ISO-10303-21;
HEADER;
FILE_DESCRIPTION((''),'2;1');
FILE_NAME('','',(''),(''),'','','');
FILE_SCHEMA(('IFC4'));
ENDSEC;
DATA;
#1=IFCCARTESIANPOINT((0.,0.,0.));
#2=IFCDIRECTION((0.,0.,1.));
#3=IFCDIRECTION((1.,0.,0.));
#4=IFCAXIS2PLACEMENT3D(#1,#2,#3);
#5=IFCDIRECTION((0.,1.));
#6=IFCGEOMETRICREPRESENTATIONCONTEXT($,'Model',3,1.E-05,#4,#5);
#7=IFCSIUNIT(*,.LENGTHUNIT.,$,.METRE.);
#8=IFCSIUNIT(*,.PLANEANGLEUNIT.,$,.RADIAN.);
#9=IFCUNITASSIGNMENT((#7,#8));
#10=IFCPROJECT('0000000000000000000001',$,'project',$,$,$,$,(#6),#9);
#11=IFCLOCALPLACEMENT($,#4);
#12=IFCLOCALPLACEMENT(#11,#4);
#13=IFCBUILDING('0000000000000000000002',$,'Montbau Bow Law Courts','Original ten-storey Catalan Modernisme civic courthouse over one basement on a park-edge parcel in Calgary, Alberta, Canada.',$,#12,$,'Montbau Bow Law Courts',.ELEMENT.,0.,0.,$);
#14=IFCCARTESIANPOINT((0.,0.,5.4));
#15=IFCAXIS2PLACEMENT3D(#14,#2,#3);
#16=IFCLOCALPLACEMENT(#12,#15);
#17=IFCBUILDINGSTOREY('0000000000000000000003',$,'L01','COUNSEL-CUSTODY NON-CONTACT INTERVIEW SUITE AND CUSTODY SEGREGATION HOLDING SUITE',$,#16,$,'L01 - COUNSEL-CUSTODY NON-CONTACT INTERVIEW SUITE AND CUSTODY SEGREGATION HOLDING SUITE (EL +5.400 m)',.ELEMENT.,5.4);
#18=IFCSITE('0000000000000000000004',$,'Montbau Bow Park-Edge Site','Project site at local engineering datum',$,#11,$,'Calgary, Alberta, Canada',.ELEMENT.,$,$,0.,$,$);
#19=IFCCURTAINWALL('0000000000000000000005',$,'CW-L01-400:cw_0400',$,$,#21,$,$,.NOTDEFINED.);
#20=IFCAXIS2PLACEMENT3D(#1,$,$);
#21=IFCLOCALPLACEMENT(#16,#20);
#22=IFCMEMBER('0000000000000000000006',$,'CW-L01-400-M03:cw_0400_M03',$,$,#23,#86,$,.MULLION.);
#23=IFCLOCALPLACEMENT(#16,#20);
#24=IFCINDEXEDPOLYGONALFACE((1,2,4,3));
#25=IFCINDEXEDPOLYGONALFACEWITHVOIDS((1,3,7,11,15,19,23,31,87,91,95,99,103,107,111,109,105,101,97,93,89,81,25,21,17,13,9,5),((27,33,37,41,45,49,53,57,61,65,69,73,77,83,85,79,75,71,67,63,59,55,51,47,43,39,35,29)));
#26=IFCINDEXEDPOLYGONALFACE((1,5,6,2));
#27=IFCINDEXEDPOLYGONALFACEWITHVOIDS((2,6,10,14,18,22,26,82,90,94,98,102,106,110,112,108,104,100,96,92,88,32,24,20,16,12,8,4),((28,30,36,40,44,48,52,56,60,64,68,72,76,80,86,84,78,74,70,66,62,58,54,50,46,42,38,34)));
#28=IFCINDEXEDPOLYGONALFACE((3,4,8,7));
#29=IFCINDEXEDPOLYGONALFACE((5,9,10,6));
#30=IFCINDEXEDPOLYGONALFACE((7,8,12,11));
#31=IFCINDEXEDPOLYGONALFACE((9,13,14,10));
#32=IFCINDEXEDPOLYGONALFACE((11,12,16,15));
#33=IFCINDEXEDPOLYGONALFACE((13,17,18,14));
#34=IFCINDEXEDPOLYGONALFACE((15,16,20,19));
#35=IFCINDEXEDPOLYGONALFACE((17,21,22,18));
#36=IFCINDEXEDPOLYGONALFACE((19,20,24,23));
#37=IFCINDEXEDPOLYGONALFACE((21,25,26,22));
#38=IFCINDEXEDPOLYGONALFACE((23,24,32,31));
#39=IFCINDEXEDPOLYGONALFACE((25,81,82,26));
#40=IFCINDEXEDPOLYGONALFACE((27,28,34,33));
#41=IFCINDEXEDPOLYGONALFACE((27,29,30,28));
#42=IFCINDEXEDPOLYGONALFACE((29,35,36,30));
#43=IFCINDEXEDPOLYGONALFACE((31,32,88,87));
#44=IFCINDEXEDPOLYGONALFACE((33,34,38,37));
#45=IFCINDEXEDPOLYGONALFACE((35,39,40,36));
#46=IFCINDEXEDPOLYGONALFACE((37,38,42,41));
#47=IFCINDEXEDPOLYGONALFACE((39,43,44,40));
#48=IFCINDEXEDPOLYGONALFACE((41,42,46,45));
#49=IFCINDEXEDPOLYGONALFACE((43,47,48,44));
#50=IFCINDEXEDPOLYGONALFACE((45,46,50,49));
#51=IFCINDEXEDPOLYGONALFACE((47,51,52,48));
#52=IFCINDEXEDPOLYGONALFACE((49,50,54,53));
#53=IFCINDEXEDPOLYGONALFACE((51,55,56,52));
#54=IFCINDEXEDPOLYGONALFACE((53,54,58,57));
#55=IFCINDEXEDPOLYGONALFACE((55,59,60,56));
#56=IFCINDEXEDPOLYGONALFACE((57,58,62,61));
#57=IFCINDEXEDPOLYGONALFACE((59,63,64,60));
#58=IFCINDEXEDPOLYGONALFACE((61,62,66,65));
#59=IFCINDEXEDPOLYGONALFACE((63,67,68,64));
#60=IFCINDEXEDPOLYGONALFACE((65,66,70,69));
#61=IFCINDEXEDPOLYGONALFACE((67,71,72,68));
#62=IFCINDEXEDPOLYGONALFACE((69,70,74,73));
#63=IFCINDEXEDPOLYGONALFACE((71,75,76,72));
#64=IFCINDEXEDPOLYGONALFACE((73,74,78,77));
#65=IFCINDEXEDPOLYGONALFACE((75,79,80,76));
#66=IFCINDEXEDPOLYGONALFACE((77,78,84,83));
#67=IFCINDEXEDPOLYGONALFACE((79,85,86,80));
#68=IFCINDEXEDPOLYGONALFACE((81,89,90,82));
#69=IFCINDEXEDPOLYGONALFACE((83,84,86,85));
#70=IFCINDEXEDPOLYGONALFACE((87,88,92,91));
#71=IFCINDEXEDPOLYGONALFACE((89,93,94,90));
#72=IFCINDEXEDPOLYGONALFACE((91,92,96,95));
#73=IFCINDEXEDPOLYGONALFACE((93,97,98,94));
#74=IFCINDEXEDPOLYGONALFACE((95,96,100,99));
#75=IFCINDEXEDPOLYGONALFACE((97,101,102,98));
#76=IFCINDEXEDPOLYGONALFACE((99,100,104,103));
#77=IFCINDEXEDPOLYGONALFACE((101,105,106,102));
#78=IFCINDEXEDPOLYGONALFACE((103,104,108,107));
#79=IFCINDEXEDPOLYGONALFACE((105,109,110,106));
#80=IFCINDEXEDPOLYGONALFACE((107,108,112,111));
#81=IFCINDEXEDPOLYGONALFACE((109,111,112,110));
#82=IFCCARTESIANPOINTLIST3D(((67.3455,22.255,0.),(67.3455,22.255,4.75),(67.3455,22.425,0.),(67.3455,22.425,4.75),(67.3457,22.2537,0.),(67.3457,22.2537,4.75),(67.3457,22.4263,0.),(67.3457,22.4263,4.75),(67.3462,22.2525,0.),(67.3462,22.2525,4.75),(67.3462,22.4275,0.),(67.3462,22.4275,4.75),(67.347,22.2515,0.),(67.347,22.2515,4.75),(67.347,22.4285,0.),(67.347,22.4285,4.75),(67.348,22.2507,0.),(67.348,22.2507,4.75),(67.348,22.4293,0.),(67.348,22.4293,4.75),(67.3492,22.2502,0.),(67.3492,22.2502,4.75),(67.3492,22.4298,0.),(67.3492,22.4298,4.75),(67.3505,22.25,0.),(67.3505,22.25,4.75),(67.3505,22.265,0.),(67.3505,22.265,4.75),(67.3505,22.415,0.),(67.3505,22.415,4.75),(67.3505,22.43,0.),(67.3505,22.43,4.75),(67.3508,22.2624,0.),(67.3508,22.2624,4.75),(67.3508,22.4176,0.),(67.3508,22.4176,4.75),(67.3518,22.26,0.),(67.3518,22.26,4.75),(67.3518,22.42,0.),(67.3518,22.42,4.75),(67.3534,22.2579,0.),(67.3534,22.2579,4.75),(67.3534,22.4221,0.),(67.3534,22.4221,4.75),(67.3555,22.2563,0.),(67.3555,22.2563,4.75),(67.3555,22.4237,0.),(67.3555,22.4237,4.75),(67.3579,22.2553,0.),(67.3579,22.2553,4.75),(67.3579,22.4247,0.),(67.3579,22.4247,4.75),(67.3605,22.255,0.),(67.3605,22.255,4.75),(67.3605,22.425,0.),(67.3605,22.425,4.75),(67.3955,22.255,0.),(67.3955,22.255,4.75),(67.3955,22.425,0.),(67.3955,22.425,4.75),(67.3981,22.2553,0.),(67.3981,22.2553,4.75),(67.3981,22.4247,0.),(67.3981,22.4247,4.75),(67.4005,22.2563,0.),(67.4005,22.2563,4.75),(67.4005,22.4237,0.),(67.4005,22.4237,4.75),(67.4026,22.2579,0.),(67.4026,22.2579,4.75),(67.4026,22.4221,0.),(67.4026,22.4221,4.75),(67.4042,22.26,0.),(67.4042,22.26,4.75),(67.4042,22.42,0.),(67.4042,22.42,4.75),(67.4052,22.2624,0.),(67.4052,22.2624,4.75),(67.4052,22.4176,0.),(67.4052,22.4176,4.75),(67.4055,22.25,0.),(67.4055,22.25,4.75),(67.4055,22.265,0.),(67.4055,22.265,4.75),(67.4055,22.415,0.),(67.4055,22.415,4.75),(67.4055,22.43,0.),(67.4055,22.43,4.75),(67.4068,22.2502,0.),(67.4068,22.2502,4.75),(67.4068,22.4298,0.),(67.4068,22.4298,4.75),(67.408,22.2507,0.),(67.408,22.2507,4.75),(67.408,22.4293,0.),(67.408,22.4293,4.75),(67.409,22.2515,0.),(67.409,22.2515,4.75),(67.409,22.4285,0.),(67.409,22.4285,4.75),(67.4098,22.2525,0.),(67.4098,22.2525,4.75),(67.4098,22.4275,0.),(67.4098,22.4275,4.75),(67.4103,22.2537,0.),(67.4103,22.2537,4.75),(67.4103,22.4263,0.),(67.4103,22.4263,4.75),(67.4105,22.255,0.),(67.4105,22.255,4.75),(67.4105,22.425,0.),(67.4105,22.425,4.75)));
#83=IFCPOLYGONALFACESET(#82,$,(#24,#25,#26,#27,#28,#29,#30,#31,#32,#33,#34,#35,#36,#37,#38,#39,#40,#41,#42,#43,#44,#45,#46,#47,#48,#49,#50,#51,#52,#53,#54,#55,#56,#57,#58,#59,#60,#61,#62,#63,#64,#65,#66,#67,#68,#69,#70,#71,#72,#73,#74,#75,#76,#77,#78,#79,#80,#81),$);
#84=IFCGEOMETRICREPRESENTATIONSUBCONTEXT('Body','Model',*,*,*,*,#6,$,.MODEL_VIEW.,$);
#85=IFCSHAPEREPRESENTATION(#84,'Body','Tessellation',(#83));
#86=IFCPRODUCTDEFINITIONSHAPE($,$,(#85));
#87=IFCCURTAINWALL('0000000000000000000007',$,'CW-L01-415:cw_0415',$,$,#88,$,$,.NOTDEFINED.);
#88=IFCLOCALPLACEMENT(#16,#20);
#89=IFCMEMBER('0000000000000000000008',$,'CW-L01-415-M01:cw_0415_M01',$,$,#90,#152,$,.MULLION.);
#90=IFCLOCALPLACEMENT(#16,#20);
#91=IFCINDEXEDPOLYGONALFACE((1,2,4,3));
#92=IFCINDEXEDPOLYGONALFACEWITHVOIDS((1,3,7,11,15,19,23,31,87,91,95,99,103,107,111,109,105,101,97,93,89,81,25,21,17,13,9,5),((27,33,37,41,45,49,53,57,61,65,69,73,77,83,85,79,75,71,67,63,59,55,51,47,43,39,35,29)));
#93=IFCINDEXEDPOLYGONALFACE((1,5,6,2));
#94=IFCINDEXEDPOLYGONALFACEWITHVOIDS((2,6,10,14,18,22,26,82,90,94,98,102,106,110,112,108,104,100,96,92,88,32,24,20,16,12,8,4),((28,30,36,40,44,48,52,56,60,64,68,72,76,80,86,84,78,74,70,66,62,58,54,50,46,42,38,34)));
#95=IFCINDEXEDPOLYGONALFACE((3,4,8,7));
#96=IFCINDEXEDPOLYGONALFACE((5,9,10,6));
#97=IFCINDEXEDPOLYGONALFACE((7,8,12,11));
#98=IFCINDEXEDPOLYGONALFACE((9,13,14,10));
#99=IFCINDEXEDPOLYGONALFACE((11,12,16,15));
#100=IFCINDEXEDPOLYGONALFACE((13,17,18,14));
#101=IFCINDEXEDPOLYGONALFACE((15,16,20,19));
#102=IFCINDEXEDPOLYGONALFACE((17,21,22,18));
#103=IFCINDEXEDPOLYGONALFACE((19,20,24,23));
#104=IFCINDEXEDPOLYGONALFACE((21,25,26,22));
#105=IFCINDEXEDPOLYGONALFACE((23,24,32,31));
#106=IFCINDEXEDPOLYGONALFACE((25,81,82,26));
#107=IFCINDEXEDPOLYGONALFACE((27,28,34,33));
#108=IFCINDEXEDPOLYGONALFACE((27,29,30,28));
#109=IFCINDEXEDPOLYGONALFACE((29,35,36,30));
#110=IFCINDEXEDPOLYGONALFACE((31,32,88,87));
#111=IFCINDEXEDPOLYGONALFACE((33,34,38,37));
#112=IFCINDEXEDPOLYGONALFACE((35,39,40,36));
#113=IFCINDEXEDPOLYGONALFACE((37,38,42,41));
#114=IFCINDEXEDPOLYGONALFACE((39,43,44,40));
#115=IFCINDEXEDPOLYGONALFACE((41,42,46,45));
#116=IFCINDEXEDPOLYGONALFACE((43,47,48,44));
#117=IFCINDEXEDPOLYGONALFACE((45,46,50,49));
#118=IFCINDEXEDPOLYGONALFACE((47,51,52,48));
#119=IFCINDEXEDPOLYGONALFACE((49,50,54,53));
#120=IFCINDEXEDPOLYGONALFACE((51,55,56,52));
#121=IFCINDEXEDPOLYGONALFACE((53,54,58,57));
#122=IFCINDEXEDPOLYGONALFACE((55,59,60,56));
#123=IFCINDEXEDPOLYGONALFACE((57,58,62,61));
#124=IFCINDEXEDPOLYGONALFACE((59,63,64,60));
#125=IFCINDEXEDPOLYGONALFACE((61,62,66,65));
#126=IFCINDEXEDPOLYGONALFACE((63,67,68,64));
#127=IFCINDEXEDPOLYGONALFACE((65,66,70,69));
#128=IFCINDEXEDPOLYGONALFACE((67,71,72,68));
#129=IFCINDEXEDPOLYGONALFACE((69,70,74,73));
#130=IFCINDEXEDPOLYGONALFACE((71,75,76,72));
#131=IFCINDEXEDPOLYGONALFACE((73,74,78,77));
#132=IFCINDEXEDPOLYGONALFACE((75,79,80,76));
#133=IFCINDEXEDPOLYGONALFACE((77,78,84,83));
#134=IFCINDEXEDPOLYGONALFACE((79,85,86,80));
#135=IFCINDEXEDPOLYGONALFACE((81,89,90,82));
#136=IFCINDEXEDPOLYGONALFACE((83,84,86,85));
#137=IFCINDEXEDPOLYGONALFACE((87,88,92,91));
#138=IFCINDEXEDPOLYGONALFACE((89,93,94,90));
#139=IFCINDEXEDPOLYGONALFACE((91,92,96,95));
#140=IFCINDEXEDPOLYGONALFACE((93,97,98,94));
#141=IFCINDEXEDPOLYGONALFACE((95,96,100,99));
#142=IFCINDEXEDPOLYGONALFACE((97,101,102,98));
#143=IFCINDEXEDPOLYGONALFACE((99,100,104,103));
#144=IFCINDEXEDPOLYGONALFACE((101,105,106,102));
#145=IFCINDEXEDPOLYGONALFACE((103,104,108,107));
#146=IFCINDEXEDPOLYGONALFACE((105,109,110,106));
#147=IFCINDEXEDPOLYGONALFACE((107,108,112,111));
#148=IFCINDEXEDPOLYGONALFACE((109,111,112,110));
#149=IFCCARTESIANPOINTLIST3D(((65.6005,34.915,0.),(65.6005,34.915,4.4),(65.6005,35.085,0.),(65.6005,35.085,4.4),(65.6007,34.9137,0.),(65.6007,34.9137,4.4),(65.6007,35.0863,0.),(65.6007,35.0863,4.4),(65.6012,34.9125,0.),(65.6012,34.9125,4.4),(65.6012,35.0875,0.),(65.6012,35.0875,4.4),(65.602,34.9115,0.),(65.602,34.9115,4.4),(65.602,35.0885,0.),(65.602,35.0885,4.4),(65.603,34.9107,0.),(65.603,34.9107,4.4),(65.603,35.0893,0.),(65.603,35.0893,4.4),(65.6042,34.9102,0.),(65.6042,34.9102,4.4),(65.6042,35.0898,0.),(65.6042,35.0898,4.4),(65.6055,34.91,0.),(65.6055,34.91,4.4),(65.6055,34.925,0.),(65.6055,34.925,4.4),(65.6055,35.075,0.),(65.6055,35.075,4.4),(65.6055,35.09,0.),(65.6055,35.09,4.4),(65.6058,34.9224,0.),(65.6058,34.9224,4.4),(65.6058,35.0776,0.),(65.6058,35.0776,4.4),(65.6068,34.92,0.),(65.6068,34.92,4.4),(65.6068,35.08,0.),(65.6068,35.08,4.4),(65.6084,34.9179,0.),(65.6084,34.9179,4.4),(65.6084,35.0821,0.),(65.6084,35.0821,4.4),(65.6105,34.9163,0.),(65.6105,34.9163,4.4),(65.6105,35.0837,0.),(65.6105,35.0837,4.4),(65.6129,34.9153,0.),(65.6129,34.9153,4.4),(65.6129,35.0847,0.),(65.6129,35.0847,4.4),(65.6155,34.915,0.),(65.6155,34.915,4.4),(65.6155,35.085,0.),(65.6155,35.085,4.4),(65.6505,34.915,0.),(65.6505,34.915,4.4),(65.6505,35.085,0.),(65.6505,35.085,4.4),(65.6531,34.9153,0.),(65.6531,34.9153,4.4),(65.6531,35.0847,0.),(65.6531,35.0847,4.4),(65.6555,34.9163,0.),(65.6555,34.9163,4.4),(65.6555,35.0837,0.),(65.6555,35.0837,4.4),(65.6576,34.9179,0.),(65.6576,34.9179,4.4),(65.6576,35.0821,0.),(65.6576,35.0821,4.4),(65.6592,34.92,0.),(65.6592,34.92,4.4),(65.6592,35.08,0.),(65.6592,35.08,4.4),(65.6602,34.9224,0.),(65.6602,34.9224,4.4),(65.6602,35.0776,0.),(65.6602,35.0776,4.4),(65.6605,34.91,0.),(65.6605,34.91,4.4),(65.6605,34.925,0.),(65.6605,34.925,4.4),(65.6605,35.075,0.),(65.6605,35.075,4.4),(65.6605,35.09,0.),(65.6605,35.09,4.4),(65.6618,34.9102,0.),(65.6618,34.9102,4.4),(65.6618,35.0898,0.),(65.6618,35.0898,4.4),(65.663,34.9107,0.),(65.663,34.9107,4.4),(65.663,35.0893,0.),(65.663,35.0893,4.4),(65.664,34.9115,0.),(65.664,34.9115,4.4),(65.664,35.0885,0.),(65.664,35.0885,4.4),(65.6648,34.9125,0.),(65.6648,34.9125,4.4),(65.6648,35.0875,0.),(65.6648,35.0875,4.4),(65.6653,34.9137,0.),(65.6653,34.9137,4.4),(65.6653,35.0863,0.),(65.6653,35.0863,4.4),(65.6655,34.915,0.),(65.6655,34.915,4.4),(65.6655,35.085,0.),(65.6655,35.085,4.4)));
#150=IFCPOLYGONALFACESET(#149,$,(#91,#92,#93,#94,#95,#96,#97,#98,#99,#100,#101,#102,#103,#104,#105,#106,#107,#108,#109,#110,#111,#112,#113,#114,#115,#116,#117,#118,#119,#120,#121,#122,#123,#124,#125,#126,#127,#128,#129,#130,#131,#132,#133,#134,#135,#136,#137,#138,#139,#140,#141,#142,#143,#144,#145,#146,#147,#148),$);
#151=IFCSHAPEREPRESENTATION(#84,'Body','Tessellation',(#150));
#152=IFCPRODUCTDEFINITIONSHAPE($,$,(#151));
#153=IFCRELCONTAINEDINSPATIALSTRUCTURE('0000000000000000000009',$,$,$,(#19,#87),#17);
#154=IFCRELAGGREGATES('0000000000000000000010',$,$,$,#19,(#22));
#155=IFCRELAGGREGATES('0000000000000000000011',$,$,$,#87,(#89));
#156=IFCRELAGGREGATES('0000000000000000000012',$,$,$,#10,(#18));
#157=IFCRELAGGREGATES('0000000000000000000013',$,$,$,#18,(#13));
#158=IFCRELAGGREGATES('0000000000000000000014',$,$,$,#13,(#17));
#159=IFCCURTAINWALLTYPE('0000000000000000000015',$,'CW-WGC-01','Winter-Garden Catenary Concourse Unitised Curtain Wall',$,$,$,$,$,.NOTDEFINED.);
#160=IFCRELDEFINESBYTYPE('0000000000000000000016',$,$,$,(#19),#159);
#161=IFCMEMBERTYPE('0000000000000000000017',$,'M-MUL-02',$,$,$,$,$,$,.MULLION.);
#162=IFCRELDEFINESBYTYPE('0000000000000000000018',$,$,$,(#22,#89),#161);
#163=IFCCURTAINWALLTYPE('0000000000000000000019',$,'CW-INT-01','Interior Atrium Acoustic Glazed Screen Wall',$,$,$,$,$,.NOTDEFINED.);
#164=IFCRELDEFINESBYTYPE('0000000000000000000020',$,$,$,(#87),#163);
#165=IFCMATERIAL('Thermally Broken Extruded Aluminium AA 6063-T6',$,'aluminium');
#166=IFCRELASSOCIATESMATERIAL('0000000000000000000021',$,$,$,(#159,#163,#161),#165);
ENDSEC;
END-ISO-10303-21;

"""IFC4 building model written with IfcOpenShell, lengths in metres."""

from ifc_helpers import new_model, si_unit, direction, frame, origin_with_axes, origin_2d_with_axis, place, context, subcontext, project, spatial, hollow_rectangle, extrude, material, material_profile, profile_set, type_object, element, aggregate, save


model = new_model("IFC4")

# Units and contexts
model_context = context("Model", 3, precision=1e-05, world=origin_with_axes(), true_north=direction((0.0, 1.0)))
body_context = subcontext(model_context, "Body", "Model", "MODEL_VIEW")
ifc_project = project(units=[si_unit("LENGTHUNIT", "METRE"), si_unit("PLANEANGLEUNIT", "RADIAN")], contexts=[model_context])

# Site, building, storey
site_placement = place(None, origin_with_axes())
site = spatial("IfcSite", under=ifc_project, at=site_placement, Name="Montbau Bow Park-Edge Site", Description="Project site at local engineering datum", LongName="Calgary, Alberta, Canada", CompositionType="ELEMENT", RefElevation=0.0)
building_placement = place(site_placement, origin_with_axes())
building = spatial("IfcBuilding", under=site, at=building_placement, Name="Montbau Bow Law Courts", Description="Original ten-storey Catalan Modernisme civic courthouse over one basement on a park-edge parcel in Calgary, Alberta, Canada.", LongName="Montbau Bow Law Courts", CompositionType="ELEMENT", ElevationOfRefHeight=0.0, ElevationOfTerrain=0.0)
storey_placement = place(building_placement, frame((0.0, 0.0, 5.4), z_axis=(0.0, 0.0, 1.0), x_axis=(1.0, 0.0, 0.0)))
storey = spatial("IfcBuildingStorey", under=building, at=storey_placement, Name="L01", Description="COUNSEL-CUSTODY NON-CONTACT INTERVIEW SUITE AND CUSTODY SEGREGATION HOLDING SUITE", LongName="L01 - COUNSEL-CUSTODY NON-CONTACT INTERVIEW SUITE AND CUSTODY SEGREGATION HOLDING SUITE (EL +5.400 m)", CompositionType="ELEMENT", Elevation=5.4)

# Curtain wall, member
ifc_material_1 = material(Name="Thermally Broken Extruded Aluminium AA 6063-T6", Category="aluminium")
curtain_wall_type_1 = type_object("IfcCurtainWallType", Name="CW-WGC-01", Description="Winter-Garden Catenary Concourse Unitised Curtain Wall", PredefinedType="NOTDEFINED", material=ifc_material_1)
curtain_wall_1_placement = place(None, frame((64.115, 22.34, 5.4), z_axis=(0.0, 0.0, 1.0), x_axis=(1.0, 0.0, 0.0)))
curtain_wall_1 = element("IfcCurtainWall", 1, at=curtain_wall_1_placement, inside=storey, type_object=curtain_wall_type_1, Name="CW-L01-400:cw_0400", PredefinedType="NOTDEFINED")
ifc_material_profile_1 = material_profile(ifc_material_1, hollow_rectangle(XDim=0.065, YDim=0.18, WallThickness=0.005, InnerFilletRadius=0.01, OuterFilletRadius=0.005, at=origin_2d_with_axis()), Name="CWM-180X65", Category="Main", Priority=0)
ifc_profile_set_1 = profile_set([ifc_material_profile_1], Name="Thermally Broken Extruded Aluminium AA 6063-T6")
member_type_1 = type_object("IfcMemberType", Name="M-MUL-02", PredefinedType="MULLION", material=ifc_profile_set_1)
member_1_placement = place(None, frame((67.378, 22.34, 5.4), z_axis=(0.0, 0.0, 1.0), x_axis=(1.0, 0.0, 0.0)))
member_1 = element("IfcMember", 2, at=member_1_placement, type_object=member_type_1, Name="CW-L01-400-M03:cw_0400_M03", PredefinedType="MULLION", context=body_context, shape_type="SweptSolid", body=[
    extrude(hollow_rectangle(XDim=0.065, YDim=0.18, WallThickness=0.005, InnerFilletRadius=0.01, OuterFilletRadius=0.005, at=origin_2d_with_axis()), origin_with_axes(), (0.0, 0.0, 1.0), 4.75),
])

# Curtain wall, member
curtain_wall_type_2 = type_object("IfcCurtainWallType", Name="CW-INT-01", Description="Interior Atrium Acoustic Glazed Screen Wall", PredefinedType="NOTDEFINED", material=ifc_material_1)
curtain_wall_2_placement = place(None, frame((65.6, 35.0, 5.4), z_axis=(0.0, 0.0, 1.0), x_axis=(1.0, 0.0, 0.0)))
curtain_wall_2 = element("IfcCurtainWall", 3, at=curtain_wall_2_placement, inside=storey, type_object=curtain_wall_type_2, Name="CW-L01-415:cw_0415", PredefinedType="NOTDEFINED")
member_2_placement = place(None, frame((65.633, 35.0, 5.4), z_axis=(0.0, 0.0, 1.0), x_axis=(1.0, 0.0, 0.0)))
member_2 = element("IfcMember", 4, at=member_2_placement, type_object=member_type_1, Name="CW-L01-415-M01:cw_0415_M01", PredefinedType="MULLION", context=body_context, shape_type="SweptSolid", body=[
    extrude(hollow_rectangle(XDim=0.065, YDim=0.18, WallThickness=0.005, InnerFilletRadius=0.01, OuterFilletRadius=0.005, at=origin_2d_with_axis()), origin_with_axes(), (0.0, 0.0, 1.0), 4.4),
])

aggregate(curtain_wall_1, [member_1])

aggregate(curtain_wall_2, [member_2])

save(model, "model.ifc")
